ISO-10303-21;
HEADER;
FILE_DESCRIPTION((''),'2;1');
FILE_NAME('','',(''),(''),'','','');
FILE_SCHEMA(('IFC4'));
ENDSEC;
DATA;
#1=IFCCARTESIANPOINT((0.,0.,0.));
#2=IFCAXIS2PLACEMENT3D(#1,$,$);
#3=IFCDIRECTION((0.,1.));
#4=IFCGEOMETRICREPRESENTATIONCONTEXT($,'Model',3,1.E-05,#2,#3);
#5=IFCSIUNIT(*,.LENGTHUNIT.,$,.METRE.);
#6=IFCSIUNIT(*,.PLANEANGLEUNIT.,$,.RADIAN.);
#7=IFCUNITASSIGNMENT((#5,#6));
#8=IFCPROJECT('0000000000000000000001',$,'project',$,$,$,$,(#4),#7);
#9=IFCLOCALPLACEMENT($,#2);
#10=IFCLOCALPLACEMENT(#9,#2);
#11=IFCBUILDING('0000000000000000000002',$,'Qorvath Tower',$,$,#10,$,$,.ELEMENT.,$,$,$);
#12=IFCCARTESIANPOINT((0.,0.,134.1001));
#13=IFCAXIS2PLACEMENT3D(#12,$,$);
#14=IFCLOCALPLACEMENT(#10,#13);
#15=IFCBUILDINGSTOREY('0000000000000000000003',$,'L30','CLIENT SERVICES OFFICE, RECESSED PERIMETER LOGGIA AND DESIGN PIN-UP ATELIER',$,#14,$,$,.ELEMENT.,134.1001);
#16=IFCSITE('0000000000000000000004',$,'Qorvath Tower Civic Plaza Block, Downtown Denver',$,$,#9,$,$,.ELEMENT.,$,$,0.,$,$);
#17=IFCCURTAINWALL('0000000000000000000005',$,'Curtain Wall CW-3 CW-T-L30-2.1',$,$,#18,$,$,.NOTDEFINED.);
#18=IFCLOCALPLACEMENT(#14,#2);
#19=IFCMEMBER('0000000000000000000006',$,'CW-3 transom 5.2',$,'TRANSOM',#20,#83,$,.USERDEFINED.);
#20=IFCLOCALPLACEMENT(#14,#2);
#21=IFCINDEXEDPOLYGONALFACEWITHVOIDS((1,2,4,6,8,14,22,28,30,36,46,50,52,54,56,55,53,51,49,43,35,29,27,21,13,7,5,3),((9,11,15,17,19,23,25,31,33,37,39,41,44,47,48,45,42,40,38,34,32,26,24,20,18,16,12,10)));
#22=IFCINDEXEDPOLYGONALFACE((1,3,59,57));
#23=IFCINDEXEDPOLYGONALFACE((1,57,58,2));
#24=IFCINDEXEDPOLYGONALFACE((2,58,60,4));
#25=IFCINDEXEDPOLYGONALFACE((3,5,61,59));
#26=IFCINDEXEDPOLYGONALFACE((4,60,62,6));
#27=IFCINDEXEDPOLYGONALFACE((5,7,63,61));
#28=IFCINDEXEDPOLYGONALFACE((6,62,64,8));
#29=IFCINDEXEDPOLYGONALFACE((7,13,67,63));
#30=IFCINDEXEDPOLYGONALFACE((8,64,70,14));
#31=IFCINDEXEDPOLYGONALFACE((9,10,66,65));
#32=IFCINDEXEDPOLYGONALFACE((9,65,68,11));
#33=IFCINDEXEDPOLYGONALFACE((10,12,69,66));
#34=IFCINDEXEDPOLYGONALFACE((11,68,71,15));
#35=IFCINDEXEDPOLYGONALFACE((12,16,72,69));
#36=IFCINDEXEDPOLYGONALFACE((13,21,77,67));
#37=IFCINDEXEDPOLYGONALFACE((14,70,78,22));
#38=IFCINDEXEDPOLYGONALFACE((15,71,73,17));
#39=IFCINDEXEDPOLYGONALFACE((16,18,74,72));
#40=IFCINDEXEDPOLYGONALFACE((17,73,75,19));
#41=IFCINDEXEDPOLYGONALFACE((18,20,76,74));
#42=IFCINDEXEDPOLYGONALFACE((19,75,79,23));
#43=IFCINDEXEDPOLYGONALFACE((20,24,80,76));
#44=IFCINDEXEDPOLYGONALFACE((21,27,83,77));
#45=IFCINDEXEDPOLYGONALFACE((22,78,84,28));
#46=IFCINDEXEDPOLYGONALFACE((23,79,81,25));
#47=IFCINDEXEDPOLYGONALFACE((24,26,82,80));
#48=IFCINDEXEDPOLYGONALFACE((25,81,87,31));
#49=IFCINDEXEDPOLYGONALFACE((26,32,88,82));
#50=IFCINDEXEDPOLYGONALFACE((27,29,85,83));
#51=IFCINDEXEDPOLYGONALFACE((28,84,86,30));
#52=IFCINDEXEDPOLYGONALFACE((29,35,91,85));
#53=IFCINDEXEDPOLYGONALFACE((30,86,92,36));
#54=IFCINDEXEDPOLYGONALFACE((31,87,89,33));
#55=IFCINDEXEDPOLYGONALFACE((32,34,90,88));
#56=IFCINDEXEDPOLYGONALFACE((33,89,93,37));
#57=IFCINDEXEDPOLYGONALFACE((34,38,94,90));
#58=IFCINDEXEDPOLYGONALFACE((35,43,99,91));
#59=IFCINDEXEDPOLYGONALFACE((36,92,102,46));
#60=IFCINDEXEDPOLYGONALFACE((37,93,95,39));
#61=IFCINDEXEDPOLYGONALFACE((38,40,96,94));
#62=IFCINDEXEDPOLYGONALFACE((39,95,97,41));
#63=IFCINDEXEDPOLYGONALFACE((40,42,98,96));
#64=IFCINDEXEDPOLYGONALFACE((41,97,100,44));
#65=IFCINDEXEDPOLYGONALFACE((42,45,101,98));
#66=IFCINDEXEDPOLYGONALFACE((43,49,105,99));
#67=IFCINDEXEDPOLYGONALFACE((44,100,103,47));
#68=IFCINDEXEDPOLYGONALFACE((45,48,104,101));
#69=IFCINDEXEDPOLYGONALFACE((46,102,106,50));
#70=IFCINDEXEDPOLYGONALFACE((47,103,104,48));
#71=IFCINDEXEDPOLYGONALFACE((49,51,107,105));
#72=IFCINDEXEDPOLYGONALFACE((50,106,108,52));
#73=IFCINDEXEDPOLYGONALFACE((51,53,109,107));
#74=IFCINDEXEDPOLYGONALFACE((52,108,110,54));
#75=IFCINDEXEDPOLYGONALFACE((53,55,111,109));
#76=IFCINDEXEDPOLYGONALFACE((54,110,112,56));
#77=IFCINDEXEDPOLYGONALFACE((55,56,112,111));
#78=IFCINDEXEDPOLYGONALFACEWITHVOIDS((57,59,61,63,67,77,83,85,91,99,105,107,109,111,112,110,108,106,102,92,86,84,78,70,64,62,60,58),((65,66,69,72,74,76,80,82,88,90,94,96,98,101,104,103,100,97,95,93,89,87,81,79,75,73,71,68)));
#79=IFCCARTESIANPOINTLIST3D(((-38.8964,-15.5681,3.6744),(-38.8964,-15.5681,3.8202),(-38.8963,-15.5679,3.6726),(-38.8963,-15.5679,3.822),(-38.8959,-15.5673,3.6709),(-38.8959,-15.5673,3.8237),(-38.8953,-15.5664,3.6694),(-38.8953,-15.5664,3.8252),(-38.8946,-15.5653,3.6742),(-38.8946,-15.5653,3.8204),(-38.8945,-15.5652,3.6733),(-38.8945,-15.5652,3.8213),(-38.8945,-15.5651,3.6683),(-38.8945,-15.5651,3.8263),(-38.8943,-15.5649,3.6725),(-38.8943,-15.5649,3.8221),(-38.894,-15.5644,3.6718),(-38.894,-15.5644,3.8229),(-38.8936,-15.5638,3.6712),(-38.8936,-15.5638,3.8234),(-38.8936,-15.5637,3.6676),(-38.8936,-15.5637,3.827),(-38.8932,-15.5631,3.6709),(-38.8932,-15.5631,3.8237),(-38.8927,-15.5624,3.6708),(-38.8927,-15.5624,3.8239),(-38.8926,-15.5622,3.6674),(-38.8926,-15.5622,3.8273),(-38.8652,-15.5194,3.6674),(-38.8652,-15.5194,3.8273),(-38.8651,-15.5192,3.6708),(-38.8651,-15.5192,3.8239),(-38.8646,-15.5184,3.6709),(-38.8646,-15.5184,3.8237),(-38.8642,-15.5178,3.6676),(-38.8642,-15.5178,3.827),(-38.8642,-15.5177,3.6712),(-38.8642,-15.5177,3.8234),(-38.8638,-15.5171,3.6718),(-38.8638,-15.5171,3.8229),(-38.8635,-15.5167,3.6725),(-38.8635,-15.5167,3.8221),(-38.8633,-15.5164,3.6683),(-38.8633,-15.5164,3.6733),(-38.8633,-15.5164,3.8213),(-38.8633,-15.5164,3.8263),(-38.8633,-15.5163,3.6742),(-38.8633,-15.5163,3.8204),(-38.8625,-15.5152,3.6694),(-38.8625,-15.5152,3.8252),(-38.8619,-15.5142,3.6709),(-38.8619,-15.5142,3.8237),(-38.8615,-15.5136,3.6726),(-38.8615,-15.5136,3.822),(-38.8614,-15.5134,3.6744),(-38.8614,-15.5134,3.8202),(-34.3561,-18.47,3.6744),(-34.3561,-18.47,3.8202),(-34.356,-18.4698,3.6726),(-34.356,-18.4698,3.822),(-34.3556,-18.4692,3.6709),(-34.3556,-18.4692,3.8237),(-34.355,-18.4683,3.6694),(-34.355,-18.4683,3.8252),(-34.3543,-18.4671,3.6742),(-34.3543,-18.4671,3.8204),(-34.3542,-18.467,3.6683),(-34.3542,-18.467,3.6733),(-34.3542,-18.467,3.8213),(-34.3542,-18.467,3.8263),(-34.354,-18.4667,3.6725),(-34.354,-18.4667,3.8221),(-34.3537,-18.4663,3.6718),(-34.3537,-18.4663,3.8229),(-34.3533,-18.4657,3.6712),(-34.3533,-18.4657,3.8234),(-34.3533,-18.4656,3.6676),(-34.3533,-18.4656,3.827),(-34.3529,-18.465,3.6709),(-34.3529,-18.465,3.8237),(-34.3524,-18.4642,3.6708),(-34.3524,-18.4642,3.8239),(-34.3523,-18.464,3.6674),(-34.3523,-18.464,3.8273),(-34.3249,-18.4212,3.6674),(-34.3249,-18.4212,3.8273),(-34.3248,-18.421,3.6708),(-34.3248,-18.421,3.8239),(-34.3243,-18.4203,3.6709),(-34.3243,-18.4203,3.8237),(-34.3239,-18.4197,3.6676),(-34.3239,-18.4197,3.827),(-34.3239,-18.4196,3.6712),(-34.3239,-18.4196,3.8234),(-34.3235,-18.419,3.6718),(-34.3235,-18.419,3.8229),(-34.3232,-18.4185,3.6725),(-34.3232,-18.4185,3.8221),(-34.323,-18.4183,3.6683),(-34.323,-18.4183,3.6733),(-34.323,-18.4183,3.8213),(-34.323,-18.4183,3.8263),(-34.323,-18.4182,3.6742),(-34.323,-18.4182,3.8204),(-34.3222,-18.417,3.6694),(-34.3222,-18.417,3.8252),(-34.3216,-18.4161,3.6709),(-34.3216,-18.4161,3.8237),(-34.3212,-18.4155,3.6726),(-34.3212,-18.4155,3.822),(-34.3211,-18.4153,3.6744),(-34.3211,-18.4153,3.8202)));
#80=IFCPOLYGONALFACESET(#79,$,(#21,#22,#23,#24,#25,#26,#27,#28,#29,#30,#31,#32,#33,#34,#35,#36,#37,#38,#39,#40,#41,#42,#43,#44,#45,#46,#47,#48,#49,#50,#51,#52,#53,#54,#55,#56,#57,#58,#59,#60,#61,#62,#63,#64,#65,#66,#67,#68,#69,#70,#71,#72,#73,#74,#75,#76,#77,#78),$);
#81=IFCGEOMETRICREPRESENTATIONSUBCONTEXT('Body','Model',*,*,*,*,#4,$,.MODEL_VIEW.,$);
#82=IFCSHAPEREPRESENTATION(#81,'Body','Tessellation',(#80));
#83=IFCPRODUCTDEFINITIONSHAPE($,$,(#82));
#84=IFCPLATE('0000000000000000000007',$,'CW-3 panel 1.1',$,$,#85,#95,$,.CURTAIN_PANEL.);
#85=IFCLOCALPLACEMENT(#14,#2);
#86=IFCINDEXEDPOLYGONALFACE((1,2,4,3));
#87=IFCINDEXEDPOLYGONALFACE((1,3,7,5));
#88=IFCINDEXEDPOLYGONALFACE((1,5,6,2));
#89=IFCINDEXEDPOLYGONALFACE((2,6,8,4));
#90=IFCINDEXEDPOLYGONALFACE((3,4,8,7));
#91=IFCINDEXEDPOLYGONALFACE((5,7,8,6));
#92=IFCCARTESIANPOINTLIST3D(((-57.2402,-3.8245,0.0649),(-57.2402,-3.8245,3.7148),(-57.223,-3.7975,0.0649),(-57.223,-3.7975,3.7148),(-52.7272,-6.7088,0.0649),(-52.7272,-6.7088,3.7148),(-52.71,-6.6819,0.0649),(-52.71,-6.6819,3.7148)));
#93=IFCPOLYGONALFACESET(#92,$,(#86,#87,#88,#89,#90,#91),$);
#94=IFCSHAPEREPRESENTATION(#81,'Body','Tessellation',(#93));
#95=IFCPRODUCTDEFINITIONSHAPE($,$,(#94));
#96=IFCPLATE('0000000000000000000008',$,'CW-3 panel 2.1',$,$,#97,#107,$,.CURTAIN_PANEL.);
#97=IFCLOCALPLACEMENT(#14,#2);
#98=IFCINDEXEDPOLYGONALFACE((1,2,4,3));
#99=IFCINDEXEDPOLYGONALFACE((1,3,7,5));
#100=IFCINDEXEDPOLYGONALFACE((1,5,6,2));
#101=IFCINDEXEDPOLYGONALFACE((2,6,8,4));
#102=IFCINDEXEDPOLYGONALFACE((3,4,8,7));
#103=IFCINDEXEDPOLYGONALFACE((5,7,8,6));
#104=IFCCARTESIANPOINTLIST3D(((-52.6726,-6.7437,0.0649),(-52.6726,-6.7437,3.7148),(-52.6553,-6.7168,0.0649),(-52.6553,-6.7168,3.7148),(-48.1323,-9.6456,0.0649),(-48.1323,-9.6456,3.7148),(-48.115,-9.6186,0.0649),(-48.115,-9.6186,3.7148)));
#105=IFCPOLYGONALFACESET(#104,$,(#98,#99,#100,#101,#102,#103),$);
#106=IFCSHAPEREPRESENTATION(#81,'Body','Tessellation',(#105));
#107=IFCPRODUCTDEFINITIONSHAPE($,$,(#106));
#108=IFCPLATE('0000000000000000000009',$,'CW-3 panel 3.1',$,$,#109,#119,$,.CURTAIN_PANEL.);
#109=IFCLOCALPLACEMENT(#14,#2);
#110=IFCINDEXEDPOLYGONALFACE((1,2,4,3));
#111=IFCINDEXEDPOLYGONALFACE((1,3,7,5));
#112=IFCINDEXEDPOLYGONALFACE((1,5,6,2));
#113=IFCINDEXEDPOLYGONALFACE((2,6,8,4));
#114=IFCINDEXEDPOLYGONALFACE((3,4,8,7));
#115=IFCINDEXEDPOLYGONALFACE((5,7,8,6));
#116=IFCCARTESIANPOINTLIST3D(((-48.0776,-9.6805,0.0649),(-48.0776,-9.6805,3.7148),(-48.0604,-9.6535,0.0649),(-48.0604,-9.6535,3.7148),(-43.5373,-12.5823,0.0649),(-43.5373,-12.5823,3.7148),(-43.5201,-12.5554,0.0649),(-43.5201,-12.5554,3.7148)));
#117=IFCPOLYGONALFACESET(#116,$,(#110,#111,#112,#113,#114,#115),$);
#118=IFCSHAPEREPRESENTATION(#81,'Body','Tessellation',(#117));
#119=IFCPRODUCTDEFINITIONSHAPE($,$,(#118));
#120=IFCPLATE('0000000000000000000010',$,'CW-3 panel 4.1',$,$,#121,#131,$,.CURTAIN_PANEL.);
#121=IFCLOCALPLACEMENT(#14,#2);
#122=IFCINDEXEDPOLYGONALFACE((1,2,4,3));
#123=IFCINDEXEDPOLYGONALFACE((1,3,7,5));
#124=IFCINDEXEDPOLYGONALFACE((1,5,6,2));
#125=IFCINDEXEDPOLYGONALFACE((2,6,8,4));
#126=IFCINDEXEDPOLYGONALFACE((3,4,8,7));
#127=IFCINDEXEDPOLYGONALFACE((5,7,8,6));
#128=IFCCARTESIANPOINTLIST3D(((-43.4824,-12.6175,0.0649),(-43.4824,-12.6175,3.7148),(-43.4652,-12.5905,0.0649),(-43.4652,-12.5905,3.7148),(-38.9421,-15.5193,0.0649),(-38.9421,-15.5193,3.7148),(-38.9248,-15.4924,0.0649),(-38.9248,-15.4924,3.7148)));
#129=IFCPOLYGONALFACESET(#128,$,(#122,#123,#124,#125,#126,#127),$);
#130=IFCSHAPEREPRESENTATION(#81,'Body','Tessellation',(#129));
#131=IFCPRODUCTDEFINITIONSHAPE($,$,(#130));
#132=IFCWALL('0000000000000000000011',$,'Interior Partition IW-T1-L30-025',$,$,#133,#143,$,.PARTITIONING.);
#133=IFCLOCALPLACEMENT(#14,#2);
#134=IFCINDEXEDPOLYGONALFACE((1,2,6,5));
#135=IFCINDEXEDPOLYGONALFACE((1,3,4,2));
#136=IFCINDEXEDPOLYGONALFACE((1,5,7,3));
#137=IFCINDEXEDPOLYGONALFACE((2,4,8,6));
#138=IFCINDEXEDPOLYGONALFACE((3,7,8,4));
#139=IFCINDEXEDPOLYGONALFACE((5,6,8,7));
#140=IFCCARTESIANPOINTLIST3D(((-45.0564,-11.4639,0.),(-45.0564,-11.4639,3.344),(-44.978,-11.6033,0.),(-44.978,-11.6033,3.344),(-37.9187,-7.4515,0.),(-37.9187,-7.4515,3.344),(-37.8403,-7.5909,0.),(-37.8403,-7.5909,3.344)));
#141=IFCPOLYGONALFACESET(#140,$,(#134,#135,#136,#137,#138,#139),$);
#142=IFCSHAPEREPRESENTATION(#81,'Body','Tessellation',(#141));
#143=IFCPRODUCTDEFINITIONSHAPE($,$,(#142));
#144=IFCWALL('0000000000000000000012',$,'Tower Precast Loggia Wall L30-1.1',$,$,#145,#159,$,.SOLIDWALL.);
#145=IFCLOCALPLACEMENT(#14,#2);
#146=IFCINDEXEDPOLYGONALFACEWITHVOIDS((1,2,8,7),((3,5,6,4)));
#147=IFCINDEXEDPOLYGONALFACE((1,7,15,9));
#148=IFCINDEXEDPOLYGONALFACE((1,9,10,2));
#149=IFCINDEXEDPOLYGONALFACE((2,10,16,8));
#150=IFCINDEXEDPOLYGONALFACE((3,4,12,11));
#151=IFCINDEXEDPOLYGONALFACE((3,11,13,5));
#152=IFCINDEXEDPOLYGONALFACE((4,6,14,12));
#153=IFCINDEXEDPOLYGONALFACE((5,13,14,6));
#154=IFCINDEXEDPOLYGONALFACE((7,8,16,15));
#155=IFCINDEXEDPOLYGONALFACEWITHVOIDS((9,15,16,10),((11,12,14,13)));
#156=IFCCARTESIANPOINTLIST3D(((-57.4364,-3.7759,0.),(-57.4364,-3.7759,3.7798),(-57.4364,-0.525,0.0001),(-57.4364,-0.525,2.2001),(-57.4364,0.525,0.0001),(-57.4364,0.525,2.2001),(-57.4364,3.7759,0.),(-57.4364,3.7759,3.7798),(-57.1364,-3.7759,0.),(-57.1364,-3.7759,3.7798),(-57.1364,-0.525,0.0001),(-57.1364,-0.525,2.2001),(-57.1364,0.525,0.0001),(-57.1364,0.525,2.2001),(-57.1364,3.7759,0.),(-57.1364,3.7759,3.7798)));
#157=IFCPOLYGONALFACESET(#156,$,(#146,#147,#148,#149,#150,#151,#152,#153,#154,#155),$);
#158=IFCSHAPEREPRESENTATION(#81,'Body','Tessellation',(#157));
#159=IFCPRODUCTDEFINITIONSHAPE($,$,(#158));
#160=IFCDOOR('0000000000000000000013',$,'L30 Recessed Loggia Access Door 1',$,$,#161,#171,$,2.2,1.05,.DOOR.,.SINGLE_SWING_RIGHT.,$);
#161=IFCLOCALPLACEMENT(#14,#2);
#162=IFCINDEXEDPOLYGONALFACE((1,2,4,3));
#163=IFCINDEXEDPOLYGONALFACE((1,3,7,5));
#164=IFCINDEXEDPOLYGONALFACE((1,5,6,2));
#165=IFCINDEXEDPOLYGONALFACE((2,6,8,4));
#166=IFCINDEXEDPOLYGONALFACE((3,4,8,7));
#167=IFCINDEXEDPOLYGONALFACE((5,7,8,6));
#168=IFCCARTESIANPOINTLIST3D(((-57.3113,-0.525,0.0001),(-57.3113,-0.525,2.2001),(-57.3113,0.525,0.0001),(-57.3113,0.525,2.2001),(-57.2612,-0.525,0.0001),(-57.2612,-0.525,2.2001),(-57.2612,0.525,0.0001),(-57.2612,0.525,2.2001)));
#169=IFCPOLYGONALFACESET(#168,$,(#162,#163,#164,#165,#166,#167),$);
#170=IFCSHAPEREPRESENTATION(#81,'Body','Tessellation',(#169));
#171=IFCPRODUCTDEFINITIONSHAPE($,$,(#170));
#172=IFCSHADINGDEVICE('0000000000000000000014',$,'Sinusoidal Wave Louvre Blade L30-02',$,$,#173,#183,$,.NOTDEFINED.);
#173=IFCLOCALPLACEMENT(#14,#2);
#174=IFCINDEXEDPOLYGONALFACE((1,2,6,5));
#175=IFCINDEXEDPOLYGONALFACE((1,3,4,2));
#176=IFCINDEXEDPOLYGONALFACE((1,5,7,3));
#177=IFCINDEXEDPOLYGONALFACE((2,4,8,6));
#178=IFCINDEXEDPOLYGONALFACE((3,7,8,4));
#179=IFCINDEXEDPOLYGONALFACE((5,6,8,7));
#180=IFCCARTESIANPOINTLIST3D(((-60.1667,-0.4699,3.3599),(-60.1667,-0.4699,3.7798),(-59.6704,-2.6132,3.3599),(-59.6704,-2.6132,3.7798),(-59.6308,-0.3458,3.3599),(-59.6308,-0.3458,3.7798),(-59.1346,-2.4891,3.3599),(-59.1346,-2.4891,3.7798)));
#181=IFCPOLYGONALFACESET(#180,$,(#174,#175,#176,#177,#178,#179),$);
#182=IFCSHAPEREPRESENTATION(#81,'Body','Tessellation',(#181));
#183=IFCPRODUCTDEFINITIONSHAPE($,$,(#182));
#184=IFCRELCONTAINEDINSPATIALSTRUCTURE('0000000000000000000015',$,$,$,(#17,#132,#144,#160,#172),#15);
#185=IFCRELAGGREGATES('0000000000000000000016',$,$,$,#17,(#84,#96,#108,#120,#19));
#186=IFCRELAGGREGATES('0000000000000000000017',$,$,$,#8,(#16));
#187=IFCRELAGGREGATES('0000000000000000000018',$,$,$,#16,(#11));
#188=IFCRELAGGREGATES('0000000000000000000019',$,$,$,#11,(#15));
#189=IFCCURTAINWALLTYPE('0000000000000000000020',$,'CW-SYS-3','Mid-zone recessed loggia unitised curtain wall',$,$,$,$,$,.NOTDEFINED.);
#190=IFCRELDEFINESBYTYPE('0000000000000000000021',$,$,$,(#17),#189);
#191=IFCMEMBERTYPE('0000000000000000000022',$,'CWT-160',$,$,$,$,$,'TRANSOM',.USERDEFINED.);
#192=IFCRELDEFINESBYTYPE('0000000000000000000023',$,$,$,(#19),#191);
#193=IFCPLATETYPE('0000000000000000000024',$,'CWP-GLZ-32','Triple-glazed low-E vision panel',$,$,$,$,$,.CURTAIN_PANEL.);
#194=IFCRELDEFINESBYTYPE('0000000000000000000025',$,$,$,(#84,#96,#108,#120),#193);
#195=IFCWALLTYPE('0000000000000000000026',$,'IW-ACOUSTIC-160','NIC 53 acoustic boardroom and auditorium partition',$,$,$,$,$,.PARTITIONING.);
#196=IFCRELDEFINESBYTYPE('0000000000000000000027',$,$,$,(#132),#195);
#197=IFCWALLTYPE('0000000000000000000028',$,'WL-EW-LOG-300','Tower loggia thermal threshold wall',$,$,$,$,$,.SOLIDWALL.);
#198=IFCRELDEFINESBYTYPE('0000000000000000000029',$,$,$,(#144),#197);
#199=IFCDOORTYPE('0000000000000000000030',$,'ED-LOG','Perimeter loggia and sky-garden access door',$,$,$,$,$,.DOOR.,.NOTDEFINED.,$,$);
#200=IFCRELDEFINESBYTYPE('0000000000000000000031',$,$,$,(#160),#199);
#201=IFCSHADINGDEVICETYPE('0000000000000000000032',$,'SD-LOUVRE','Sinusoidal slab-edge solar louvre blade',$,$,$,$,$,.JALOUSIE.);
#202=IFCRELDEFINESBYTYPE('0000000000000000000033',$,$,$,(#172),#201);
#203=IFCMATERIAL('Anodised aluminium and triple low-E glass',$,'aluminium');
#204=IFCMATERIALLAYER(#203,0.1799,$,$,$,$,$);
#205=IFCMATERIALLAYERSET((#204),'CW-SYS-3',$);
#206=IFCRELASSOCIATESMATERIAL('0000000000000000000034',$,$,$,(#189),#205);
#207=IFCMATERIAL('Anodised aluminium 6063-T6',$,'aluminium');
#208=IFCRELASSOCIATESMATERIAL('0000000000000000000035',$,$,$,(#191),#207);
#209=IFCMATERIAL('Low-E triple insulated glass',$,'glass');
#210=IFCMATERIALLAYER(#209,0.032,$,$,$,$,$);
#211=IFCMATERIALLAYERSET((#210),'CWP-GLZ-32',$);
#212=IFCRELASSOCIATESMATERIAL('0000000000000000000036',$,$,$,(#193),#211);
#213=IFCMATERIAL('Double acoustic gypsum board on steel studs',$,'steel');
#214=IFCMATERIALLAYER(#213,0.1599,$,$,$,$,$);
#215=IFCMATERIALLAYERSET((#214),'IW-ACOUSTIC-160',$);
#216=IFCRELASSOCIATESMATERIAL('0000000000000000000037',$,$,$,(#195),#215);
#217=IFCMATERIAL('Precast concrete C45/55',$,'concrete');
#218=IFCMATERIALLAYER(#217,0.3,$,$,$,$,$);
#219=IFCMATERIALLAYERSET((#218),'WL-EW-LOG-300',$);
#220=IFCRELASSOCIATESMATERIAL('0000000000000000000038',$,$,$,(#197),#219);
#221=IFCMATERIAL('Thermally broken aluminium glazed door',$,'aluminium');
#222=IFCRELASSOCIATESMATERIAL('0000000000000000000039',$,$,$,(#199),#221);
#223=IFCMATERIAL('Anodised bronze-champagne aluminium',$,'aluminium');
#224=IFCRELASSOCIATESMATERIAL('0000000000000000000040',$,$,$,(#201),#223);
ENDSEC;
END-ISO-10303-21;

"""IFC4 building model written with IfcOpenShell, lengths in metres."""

from ifc_helpers import new_model, si_unit, direction, frame, frame_2d, origin, origin_2d, place, context, subcontext, project, spatial, rectangle, hollow_rectangle, extrude, material, layer, layer_set, material_profile, profile_set, type_object, element, fill, aggregate, save


model = new_model("IFC4")

# Units and contexts
model_context = context("Model", 3, precision=1e-05, world=origin(), true_north=direction((0.0, 1.0)))
body_context = subcontext(model_context, "Body", "Model", "MODEL_VIEW")
ifc_project = project(units=[si_unit("LENGTHUNIT", "METRE"), si_unit("PLANEANGLEUNIT", "RADIAN")], contexts=[model_context])

# Site, building, storey
site_placement = place(None, origin())
site = spatial("IfcSite", under=ifc_project, at=site_placement, Name="Qorvath Tower Civic Plaza Block, Downtown Denver", CompositionType="ELEMENT", RefElevation=0.0)
building_placement = place(site_placement, origin())
building = spatial("IfcBuilding", under=site, at=building_placement, Name="Qorvath Tower", CompositionType="ELEMENT")
storey_placement = place(building_placement, frame((0.0, 0.0, 134.1001)))
storey = spatial("IfcBuildingStorey", under=building, at=storey_placement, Name="L30", Description="CLIENT SERVICES OFFICE, RECESSED PERIMETER LOGGIA AND DESIGN PIN-UP ATELIER", CompositionType="ELEMENT", Elevation=134.1001)

# Curtain wall, member, plates
ifc_material_1 = material(Name="Anodised aluminium and triple low-E glass", Category="aluminium")
ifc_layer_1 = layer(ifc_material_1, 0.1799)
ifc_layer_set_1 = layer_set([ifc_layer_1], Name="CW-SYS-3")
curtain_wall_type = type_object("IfcCurtainWallType", Name="CW-SYS-3", Description="Mid-zone recessed loggia unitised curtain wall", PredefinedType="NOTDEFINED", material=ifc_layer_set_1)
curtain_wall_placement = place(storey_placement, origin())
curtain_wall = element("IfcCurtainWall", 1, at=curtain_wall_placement, inside=storey, type_object=curtain_wall_type, Name="Curtain Wall CW-3 CW-T-L30-2.1", PredefinedType="NOTDEFINED")
ifc_material_2 = material(Name="Anodised aluminium 6063-T6", Category="aluminium")
ifc_material_profile_1 = material_profile(ifc_material_2, hollow_rectangle(XDim=0.0649, YDim=0.1599, WallThickness=0.0034, InnerFilletRadius=0.0034, OuterFilletRadius=0.0071, at=origin_2d()), Name="CWT 160x65")
ifc_profile_set_1 = profile_set([ifc_material_profile_1], Name="Anodised aluminium 6063-T6")
member_type_1 = type_object("IfcMemberType", Name="CWT-160", ElementType="TRANSOM", PredefinedType="USERDEFINED", material=ifc_profile_set_1)
member_1_placement = place(storey_placement, frame((-38.8789, -15.5408, 3.7473), z_axis=(0.842602, -0.538537, 0.0), x_axis=(0.538537, 0.842602, 0.0)))
member_1 = element("IfcMember", 2, at=member_1_placement, type_object=member_type_1, Name="CW-3 transom 5.2", ObjectType="TRANSOM", PredefinedType="USERDEFINED", context=body_context, shape_type="SweptSolid", body=[
    extrude(hollow_rectangle(XDim=0.0649, YDim=0.1599, WallThickness=0.0034, InnerFilletRadius=0.0034, OuterFilletRadius=0.0071, at=origin_2d()), origin(), (0.0, 0.0, 1.0), 5.3884),
])
ifc_material_3 = material(Name="Low-E triple insulated glass", Category="glass")
ifc_layer_2 = layer(ifc_material_3, 0.032)
ifc_layer_set_2 = layer_set([ifc_layer_2], Name="CWP-GLZ-32")
plate_type = type_object("IfcPlateType", Name="CWP-GLZ-32", Description="Triple-glazed low-E vision panel", PredefinedType="CURTAIN_PANEL", material=ifc_layer_set_2)
plate_1_placement = place(storey_placement, frame((-54.9751, -5.2532, 0.0649), z_axis=(0.0, 0.0, 1.0), x_axis=(0.842604, -0.538534, 0.0)))
plate_1 = element("IfcPlate", 3, at=plate_1_placement, type_object=plate_type, Name="CW-3 panel 1.1", PredefinedType="CURTAIN_PANEL", context=body_context, shape_type="SweptSolid", body=[
    extrude(rectangle(XDim=5.356, YDim=0.032, at=origin_2d()), origin(), (0.0, 0.0, 1.0), 3.6499),
])
plate_2_placement = place(storey_placement, frame((-50.3938, -8.1812, 0.0649), z_axis=(0.0, 0.0, 1.0), x_axis=(0.842604, -0.538534, 0.0)))
plate_2 = element("IfcPlate", 4, at=plate_2_placement, type_object=plate_type, Name="CW-3 panel 2.1", PredefinedType="CURTAIN_PANEL", context=body_context, shape_type="SweptSolid", body=[
    extrude(rectangle(XDim=5.3884, YDim=0.032, at=origin_2d()), origin(), (0.0, 0.0, 1.0), 3.6499),
])
plate_3_placement = place(storey_placement, frame((-45.7988, -11.1179, 0.0649), z_axis=(0.0, 0.0, 1.0), x_axis=(0.842604, -0.538534, 0.0)))
plate_3 = element("IfcPlate", 5, at=plate_3_placement, type_object=plate_type, Name="CW-3 panel 3.1", PredefinedType="CURTAIN_PANEL", context=body_context, shape_type="SweptSolid", body=[
    extrude(rectangle(XDim=5.3884, YDim=0.032, at=origin_2d()), origin(), (0.0, 0.0, 1.0), 3.6499),
])
plate_4_placement = place(storey_placement, frame((-41.2036, -14.0549, 0.0649), z_axis=(0.0, 0.0, 1.0), x_axis=(0.842604, -0.538534, 0.0)))
plate_4 = element("IfcPlate", 6, at=plate_4_placement, type_object=plate_type, Name="CW-3 panel 4.1", PredefinedType="CURTAIN_PANEL", context=body_context, shape_type="SweptSolid", body=[
    extrude(rectangle(XDim=5.3884, YDim=0.032, at=origin_2d()), origin(), (0.0, 0.0, 1.0), 3.6499),
])
aggregate(curtain_wall, [plate_1, plate_2, plate_3, plate_4, member_1])

# Wall
ifc_material_4 = material(Name="Double acoustic gypsum board on steel studs", Category="steel")
ifc_layer_3 = layer(ifc_material_4, 0.1599)
ifc_layer_set_3 = layer_set([ifc_layer_3], Name="IW-ACOUSTIC-160")
wall_type_1 = type_object("IfcWallType", Name="IW-ACOUSTIC-160", Description="NIC 53 acoustic boardroom and auditorium partition", PredefinedType="PARTITIONING", material=ifc_layer_set_3)
wall_1_placement = place(storey_placement, frame((-45.0173, -11.5337, 0.0), z_axis=(0.0, 0.0, 1.0), x_axis=(0.871706, 0.490029, 0.0)))
element("IfcWall", 7, at=wall_1_placement, inside=storey, type_object=wall_type_1, Name="Interior Partition IW-T1-L30-025", PredefinedType="PARTITIONING", context=body_context, shape_type="SweptSolid", body=[
    extrude(rectangle(XDim=8.1882, YDim=0.1599, at=frame_2d((4.0942, 0.0))), origin(), (0.0, 0.0, 1.0), 3.344),
])

# Wall, opening, door
ifc_material_5 = material(Name="Precast concrete C45/55", Category="concrete")
ifc_layer_4 = layer(ifc_material_5, 0.3)
ifc_layer_set_4 = layer_set([ifc_layer_4], Name="WL-EW-LOG-300")
wall_type_2 = type_object("IfcWallType", Name="WL-EW-LOG-300", Description="Tower loggia thermal threshold wall", PredefinedType="SOLIDWALL", material=ifc_layer_set_4)
wall_2_placement = place(storey_placement, frame((-57.2864, -3.7759, 0.0), z_axis=(0.0, 0.0, 1.0), x_axis=(0.0, 1.0, 0.0)))
wall_2 = element("IfcWall", 8, at=wall_2_placement, inside=storey, type_object=wall_type_2, Name="Tower Precast Loggia Wall L30-1.1", PredefinedType="SOLIDWALL", context=body_context, shape_type="SweptSolid", body=[
    extrude(rectangle(XDim=7.5518, YDim=0.3, at=frame_2d((3.7759, 0.0))), origin(), (0.0, 0.0, 1.0), 3.7798),
])
opening_placement = place(wall_2_placement, frame((3.251, 0.0, 0.0)))
opening = element("IfcOpeningElement", 9, at=opening_placement, cuts=wall_2, PredefinedType="OPENING", context=body_context, shape_type="SweptSolid", body=[
    extrude(rectangle(XDim=1.05, YDim=2.2, at=frame_2d((0.5249, 1.1001))), frame((0.0, 0.1602, 0.0), z_axis=(0.0, -1.0, 0.0), x_axis=(1.0, 0.0, 0.0)), (0.0, 0.0, 1.0), 0.3201),
])
ifc_material_6 = material(Name="Thermally broken aluminium glazed door", Category="aluminium")
door_type = type_object("IfcDoorType", Name="ED-LOG", Description="Perimeter loggia and sky-garden access door", OperationType="NOTDEFINED", PredefinedType="DOOR", material=ifc_material_6)
door_placement = place(opening_placement, origin())
door = element("IfcDoor", 10, at=door_placement, inside=storey, type_object=door_type, Name="L30 Recessed Loggia Access Door 1", OperationType="SINGLE_SWING_RIGHT", OverallHeight=2.2, OverallWidth=1.05, PredefinedType="DOOR", context=body_context, shape_type="SweptSolid", body=[
    extrude(rectangle(XDim=1.05, YDim=2.2, at=frame_2d((0.5249, 1.1001))), frame((0.0, 0.0249, 0.0), z_axis=(0.0, -1.0, 0.0), x_axis=(1.0, 0.0, 0.0)), (0.0, 0.0, 1.0), 0.05),
])
fill(opening, door)

# Shading device
ifc_material_7 = material(Name="Anodised bronze-champagne aluminium", Category="aluminium")
shading_device_type = type_object("IfcShadingDeviceType", Name="SD-LOUVRE", Description="Sinusoidal slab-edge solar louvre blade", PredefinedType="JALOUSIE", material=ifc_material_7)
shading_device_placement = place(storey_placement, frame((-59.6506, -1.4795, 3.3599), z_axis=(0.0, 0.0, 1.0), x_axis=(0.225579, -0.974225, 0.0)))
element("IfcShadingDevice", 11, at=shading_device_placement, inside=storey, type_object=shading_device_type, Name="Sinusoidal Wave Louvre Blade L30-02", PredefinedType="NOTDEFINED", context=body_context, shape_type="SweptSolid", body=[
    extrude(rectangle(XDim=2.2, YDim=0.55, at=origin_2d()), origin(), (0.0, 0.0, 1.0), 0.4199),
])

save(model, "model.ifc")
